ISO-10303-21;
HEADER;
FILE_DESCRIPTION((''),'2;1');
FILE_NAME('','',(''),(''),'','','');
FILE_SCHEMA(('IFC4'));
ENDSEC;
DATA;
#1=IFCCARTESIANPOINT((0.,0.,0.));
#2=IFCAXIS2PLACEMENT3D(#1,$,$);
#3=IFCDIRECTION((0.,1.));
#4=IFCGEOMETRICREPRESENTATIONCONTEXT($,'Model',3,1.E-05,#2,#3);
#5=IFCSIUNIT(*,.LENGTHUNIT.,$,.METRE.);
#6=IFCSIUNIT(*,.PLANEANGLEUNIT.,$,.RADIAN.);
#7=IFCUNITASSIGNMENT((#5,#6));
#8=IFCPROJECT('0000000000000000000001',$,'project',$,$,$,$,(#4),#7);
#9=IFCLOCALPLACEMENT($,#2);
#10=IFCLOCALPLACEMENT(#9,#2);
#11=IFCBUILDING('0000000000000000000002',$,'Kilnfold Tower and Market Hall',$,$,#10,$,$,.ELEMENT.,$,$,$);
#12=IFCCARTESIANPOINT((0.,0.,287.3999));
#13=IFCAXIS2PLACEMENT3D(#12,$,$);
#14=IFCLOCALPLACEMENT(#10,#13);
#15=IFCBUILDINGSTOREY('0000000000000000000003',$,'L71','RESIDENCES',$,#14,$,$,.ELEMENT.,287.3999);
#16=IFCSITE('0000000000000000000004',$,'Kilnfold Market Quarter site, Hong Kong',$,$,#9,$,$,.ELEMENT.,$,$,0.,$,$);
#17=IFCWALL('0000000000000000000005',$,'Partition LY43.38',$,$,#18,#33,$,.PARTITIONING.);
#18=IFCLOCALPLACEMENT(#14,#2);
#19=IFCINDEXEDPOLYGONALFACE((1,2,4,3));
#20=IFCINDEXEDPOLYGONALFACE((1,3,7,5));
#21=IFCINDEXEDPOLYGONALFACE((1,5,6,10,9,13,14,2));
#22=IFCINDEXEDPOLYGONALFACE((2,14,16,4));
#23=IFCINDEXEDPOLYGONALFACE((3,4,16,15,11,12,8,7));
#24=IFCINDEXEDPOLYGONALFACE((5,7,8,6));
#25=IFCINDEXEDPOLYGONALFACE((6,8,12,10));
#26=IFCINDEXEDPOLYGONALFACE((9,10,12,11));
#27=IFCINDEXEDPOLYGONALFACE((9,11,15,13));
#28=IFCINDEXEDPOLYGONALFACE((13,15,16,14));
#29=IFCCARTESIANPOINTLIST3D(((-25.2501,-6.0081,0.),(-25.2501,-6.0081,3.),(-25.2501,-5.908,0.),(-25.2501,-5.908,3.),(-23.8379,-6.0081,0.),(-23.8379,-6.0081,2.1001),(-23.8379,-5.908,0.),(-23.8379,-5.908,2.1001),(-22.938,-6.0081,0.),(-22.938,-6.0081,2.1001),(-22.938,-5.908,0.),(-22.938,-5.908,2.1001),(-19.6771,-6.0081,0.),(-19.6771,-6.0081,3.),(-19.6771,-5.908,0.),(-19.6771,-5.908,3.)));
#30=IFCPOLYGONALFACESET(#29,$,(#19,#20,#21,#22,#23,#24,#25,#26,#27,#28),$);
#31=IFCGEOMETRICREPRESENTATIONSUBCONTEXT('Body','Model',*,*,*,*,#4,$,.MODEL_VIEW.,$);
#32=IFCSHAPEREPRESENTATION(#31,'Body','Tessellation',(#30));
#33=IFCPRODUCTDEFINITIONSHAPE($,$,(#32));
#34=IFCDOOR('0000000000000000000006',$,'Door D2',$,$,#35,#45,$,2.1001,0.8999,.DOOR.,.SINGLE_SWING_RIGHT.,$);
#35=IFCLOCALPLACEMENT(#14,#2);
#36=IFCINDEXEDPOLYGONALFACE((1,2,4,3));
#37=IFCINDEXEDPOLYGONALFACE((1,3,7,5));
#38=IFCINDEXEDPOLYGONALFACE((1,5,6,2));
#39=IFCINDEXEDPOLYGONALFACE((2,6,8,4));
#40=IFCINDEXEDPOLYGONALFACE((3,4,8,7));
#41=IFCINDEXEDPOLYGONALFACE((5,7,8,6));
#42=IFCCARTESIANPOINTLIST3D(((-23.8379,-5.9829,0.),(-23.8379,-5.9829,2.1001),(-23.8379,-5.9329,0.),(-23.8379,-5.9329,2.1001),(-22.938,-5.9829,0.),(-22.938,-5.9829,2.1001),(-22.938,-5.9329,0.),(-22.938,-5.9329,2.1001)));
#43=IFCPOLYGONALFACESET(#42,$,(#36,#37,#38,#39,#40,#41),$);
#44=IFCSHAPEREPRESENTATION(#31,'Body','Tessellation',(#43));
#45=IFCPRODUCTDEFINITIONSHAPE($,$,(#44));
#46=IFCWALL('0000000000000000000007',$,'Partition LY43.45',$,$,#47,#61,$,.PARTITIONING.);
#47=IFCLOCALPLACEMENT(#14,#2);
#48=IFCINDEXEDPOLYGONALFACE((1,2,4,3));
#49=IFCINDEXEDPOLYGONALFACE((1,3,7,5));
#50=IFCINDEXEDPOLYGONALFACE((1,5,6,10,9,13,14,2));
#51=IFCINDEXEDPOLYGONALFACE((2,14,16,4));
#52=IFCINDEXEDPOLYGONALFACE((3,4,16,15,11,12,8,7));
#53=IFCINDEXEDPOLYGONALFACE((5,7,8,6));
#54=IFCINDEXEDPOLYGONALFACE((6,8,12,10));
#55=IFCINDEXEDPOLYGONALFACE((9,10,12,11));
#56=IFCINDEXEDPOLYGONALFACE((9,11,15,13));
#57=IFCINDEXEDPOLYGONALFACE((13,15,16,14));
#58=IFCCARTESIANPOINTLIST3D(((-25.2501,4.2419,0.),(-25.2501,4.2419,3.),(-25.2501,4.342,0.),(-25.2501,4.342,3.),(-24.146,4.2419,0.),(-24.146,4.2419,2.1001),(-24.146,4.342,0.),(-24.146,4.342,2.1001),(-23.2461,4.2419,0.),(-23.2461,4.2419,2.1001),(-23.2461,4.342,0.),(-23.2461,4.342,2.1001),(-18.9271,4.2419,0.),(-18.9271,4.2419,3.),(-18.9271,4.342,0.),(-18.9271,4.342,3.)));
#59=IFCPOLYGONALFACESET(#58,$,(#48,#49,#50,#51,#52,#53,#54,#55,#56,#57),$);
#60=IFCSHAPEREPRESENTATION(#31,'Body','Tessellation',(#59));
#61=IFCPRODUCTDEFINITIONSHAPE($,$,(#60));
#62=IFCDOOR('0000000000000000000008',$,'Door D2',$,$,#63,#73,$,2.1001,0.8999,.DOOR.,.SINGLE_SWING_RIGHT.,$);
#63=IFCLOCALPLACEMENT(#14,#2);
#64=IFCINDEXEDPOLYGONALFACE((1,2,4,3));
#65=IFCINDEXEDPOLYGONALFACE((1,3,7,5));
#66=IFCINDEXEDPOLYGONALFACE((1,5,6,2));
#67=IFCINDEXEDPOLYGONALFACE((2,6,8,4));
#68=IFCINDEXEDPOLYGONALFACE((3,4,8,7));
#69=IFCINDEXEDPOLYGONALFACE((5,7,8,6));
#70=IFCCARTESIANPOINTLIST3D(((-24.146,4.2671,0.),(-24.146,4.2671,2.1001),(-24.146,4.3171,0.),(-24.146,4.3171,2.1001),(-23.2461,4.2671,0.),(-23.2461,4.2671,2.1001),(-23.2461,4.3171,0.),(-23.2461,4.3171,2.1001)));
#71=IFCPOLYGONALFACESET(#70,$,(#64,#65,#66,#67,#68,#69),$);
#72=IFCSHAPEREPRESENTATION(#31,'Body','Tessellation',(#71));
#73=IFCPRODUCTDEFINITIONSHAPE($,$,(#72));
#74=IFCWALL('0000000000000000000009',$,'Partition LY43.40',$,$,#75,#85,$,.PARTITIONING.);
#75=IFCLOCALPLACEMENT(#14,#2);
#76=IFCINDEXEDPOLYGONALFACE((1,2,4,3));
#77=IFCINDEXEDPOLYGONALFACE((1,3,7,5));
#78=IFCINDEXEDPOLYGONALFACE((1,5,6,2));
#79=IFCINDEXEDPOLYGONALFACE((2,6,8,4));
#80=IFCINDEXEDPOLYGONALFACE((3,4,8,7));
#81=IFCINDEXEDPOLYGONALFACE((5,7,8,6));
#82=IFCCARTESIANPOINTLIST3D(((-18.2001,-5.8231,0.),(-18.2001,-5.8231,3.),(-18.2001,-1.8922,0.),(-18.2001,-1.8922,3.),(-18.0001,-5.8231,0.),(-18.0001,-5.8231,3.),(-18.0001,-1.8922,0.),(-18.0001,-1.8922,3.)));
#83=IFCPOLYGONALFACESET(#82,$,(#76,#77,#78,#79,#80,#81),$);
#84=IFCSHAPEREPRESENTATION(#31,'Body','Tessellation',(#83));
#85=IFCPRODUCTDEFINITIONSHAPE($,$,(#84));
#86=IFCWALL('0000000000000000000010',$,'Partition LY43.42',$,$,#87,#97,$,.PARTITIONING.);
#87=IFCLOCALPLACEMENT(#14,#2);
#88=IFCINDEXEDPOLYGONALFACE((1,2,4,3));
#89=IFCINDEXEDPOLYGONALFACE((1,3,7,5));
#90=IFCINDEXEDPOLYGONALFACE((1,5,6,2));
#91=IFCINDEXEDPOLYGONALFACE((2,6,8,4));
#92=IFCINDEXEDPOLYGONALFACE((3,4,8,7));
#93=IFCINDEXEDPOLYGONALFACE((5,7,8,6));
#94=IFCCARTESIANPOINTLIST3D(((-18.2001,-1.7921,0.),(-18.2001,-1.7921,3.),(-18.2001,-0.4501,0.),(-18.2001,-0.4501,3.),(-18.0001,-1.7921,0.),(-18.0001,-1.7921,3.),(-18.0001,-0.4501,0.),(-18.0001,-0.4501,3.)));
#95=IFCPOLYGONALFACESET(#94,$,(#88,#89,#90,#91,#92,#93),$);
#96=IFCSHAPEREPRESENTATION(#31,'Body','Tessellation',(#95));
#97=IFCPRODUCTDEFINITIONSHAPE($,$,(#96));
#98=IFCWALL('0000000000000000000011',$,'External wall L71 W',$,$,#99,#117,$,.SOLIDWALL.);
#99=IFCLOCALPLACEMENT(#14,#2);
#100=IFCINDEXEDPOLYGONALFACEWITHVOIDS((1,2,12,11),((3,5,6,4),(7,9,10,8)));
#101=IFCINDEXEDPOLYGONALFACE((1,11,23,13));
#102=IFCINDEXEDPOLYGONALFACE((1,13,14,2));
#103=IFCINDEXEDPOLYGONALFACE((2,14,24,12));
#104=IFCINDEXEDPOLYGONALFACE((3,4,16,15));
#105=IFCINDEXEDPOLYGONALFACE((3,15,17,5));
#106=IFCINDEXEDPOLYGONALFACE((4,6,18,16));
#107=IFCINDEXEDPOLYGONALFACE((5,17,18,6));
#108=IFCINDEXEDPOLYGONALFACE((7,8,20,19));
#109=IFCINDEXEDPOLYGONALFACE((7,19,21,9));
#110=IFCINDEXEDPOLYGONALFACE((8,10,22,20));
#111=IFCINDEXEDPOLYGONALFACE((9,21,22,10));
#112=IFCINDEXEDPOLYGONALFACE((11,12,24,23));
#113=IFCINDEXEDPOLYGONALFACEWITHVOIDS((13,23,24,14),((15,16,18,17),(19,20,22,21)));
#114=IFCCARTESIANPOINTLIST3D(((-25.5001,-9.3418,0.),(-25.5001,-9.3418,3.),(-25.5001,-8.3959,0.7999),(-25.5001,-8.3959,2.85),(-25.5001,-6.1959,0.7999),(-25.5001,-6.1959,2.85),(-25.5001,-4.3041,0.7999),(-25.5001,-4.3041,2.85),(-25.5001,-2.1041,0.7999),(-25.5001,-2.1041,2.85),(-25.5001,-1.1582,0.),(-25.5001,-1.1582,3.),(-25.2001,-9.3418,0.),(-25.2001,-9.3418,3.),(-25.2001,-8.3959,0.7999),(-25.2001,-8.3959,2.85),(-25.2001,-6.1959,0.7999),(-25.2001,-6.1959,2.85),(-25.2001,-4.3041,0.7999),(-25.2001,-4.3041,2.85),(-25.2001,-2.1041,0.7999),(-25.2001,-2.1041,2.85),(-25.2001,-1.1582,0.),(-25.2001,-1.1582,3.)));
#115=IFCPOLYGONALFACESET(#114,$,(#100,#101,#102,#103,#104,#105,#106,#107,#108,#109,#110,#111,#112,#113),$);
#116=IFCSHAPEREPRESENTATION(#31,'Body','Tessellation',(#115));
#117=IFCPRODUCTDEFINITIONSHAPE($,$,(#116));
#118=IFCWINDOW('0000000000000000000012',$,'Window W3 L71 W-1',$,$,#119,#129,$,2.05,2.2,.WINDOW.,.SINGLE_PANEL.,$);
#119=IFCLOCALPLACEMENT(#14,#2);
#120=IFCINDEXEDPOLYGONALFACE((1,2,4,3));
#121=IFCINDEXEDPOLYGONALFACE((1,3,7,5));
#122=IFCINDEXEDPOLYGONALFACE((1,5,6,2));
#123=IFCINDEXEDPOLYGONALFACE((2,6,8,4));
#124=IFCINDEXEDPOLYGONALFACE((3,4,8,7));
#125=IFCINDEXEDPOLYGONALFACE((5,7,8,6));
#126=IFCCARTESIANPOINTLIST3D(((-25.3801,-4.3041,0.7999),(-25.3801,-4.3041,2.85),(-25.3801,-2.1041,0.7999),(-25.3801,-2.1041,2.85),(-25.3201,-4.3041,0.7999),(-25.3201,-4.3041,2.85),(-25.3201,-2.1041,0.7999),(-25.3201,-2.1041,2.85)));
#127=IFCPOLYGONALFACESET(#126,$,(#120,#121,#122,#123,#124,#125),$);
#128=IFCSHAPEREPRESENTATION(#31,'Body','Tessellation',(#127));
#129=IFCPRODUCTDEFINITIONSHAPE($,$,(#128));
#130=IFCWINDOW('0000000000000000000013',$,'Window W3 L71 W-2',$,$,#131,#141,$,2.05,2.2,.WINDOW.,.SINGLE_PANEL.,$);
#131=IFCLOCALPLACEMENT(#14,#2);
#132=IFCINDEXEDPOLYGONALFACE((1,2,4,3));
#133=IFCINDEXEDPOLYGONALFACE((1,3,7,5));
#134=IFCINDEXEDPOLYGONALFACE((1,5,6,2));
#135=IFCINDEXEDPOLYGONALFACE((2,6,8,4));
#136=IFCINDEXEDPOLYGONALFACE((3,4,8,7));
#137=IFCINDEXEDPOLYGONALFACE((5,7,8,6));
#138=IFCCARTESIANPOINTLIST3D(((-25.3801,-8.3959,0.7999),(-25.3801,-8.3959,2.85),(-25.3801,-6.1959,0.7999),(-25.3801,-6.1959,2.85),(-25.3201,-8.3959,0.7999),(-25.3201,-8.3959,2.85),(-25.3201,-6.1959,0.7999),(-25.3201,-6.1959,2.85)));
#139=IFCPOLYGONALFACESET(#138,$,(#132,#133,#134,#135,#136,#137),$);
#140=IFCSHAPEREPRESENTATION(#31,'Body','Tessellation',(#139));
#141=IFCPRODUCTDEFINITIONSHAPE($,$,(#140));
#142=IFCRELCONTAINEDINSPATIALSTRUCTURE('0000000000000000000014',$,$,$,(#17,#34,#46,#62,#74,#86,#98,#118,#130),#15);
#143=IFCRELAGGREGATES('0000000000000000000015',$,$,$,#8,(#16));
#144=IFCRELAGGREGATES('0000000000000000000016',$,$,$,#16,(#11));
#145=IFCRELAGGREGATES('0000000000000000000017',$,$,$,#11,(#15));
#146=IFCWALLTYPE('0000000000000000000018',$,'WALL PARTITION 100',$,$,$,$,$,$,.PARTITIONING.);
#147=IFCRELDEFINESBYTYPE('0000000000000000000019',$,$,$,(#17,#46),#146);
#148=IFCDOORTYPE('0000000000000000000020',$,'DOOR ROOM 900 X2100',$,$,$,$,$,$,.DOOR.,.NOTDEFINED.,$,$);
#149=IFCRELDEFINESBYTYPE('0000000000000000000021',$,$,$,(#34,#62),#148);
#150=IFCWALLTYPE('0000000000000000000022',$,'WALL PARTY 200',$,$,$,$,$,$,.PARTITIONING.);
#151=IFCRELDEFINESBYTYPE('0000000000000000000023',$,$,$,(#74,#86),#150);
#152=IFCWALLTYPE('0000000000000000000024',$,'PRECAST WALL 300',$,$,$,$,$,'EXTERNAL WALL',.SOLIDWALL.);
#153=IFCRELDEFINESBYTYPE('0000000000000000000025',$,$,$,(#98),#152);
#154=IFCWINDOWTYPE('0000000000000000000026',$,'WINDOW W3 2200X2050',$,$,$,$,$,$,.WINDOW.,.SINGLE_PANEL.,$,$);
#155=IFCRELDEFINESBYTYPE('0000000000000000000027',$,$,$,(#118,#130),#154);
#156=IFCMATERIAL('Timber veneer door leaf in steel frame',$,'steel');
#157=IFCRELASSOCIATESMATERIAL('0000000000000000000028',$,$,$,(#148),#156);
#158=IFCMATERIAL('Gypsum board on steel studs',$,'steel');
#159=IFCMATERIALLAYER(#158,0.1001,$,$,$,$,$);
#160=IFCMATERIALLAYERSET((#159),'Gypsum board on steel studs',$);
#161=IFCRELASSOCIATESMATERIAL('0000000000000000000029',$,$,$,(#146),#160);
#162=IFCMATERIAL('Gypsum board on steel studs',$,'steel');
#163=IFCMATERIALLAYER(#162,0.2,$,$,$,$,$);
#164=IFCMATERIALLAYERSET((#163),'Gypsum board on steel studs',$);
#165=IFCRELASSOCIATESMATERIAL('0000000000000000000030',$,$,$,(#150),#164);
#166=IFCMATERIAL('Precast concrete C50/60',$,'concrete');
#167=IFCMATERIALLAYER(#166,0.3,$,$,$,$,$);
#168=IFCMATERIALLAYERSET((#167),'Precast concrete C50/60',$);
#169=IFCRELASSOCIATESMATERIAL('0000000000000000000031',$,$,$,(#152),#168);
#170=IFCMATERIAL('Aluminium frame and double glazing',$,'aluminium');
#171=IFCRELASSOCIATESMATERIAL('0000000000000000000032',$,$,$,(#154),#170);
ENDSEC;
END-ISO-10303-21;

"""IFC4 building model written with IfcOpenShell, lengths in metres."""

from ifc_helpers import new_model, si_unit, direction, frame, frame_2d, origin, place, context, subcontext, project, spatial, rectangle, extrude, source, transform, mapped, material, layer, layer_set, type_object, element, fill, save


model = new_model("IFC4")

# Units and contexts
model_context = context("Model", 3, precision=1e-05, world=origin(), true_north=direction((0.0, 1.0)))
body_context = subcontext(model_context, "Body", "Model", "MODEL_VIEW")
ifc_project = project(units=[si_unit("LENGTHUNIT", "METRE"), si_unit("PLANEANGLEUNIT", "RADIAN")], contexts=[model_context])

# Site, building, storey
site_placement = place(None, origin())
site = spatial("IfcSite", under=ifc_project, at=site_placement, Name="Kilnfold Market Quarter site, Hong Kong", CompositionType="ELEMENT", RefElevation=0.0)
building_placement = place(site_placement, origin())
building = spatial("IfcBuilding", under=site, at=building_placement, Name="Kilnfold Tower and Market Hall", CompositionType="ELEMENT")
storey_placement = place(building_placement, frame((0.0, 0.0, 287.3999)))
storey = spatial("IfcBuildingStorey", under=building, at=storey_placement, Name="L71", Description="RESIDENCES", CompositionType="ELEMENT", Elevation=287.3999)

# Shared definitions
ifc_material_1 = material(Name="Timber veneer door leaf in steel frame", Category="steel")
door_type = type_object("IfcDoorType", Name="DOOR ROOM 900 X2100", OperationType="NOTDEFINED", PredefinedType="DOOR", material=ifc_material_1)

# Walls, openings, doors
ifc_material_2 = material(Name="Gypsum board on steel studs", Category="steel")
ifc_layer_1 = layer(ifc_material_2, 0.1001)
ifc_layer_set_1 = layer_set([ifc_layer_1], Name="Gypsum board on steel studs")
wall_type_1 = type_object("IfcWallType", Name="WALL PARTITION 100", PredefinedType="PARTITIONING", material=ifc_layer_set_1)
wall_1_placement = place(storey_placement, frame((-19.677, -5.958, 0.0), z_axis=(0.0, 0.0, 1.0), x_axis=(-1.0, 0.0, 0.0)))
wall_1 = element("IfcWall", 1, at=wall_1_placement, inside=storey, type_object=wall_type_1, Name="Partition LY43.38", PredefinedType="PARTITIONING", context=body_context, shape_type="SweptSolid", body=[
    extrude(rectangle(XDim=5.573, YDim=0.1001, at=frame_2d((2.7866, 0.0))), origin(), (0.0, 0.0, 1.0), 3.0),
])
opening_1_placement = place(wall_1_placement, frame((3.261, 0.0, 0.0)))
opening_1 = element("IfcOpeningElement", 2, at=opening_1_placement, cuts=wall_1, PredefinedType="OPENING", context=body_context, shape_type="SweptSolid", body=[
    extrude(rectangle(XDim=0.8999, YDim=2.1001, at=frame_2d((0.45, 1.05))), frame((0.0, 0.0601, 0.0), z_axis=(0.0, -1.0, 0.0), x_axis=(1.0, 0.0, 0.0)), (0.0, 0.0, 1.0), 0.1201),
])
door_1_placement = place(opening_1_placement, origin())
door_1 = element("IfcDoor", 3, at=door_1_placement, inside=storey, type_object=door_type, Name="Door D2", OperationType="SINGLE_SWING_RIGHT", OverallHeight=2.1001, OverallWidth=0.8999, PredefinedType="DOOR", context=body_context, shape_type="SweptSolid", body=[
    extrude(rectangle(XDim=0.8999, YDim=2.1001, at=frame_2d((0.45, 1.05))), frame((0.0, 0.0249, 0.0), z_axis=(0.0, -1.0, 0.0), x_axis=(1.0, 0.0, 0.0)), (0.0, 0.0, 1.0), 0.05),
])
fill(opening_1, door_1)
wall_2_placement = place(storey_placement, frame((-18.927, 4.292, 0.0), z_axis=(0.0, 0.0, 1.0), x_axis=(-1.0, 0.0, 0.0)))
wall_2 = element("IfcWall", 4, at=wall_2_placement, inside=storey, type_object=wall_type_1, Name="Partition LY43.45", PredefinedType="PARTITIONING", context=body_context, shape_type="SweptSolid", body=[
    extrude(rectangle(XDim=6.323, YDim=0.1001, at=frame_2d((3.1616, 0.0))), origin(), (0.0, 0.0, 1.0), 3.0),
])
opening_2_placement = place(wall_2_placement, frame((4.3191, 0.0, 0.0)))
opening_2 = element("IfcOpeningElement", 5, at=opening_2_placement, cuts=wall_2, PredefinedType="OPENING", context=body_context, shape_type="SweptSolid", body=[
    extrude(rectangle(XDim=0.8999, YDim=2.1001, at=frame_2d((0.45, 1.05))), frame((0.0, 0.0601, 0.0), z_axis=(0.0, -1.0, 0.0), x_axis=(1.0, 0.0, 0.0)), (0.0, 0.0, 1.0), 0.1201),
])
door_2_placement = place(opening_2_placement, origin())
door_2 = element("IfcDoor", 6, at=door_2_placement, inside=storey, type_object=door_type, Name="Door D2", OperationType="SINGLE_SWING_RIGHT", OverallHeight=2.1001, OverallWidth=0.8999, PredefinedType="DOOR", context=body_context, shape_type="SweptSolid", body=[
    extrude(rectangle(XDim=0.8999, YDim=2.1001, at=frame_2d((0.45, 1.05))), frame((0.0, 0.0249, 0.0), z_axis=(0.0, -1.0, 0.0), x_axis=(1.0, 0.0, 0.0)), (0.0, 0.0, 1.0), 0.05),
])
fill(opening_2, door_2)

# Walls
ifc_material_3 = material(Name="Gypsum board on steel studs", Category="steel")
ifc_layer_2 = layer(ifc_material_3, 0.2)
ifc_layer_set_2 = layer_set([ifc_layer_2], Name="Gypsum board on steel studs")
wall_type_2 = type_object("IfcWallType", Name="WALL PARTY 200", PredefinedType="PARTITIONING", material=ifc_layer_set_2)
wall_3_placement = place(storey_placement, frame((-18.1001, -5.823, 0.0), z_axis=(0.0, 0.0, 1.0), x_axis=(0.0, 1.0, 0.0)))
element("IfcWall", 7, at=wall_3_placement, inside=storey, type_object=wall_type_2, Name="Partition LY43.40", PredefinedType="PARTITIONING", context=body_context, shape_type="SweptSolid", body=[
    extrude(rectangle(XDim=3.9309, YDim=0.2, at=frame_2d((1.9653, 0.0))), origin(), (0.0, 0.0, 1.0), 3.0),
])
wall_4_placement = place(storey_placement, frame((-18.1001, -1.792, 0.0), z_axis=(0.0, 0.0, 1.0), x_axis=(0.0, 1.0, 0.0)))
element("IfcWall", 8, at=wall_4_placement, inside=storey, type_object=wall_type_2, Name="Partition LY43.42", PredefinedType="PARTITIONING", context=body_context, shape_type="SweptSolid", body=[
    extrude(rectangle(XDim=1.342, YDim=0.2, at=frame_2d((0.6709, 0.0))), origin(), (0.0, 0.0, 1.0), 3.0),
])

# Wall, openings, windows
ifc_material_4 = material(Name="Precast concrete C50/60", Category="concrete")
ifc_layer_3 = layer(ifc_material_4, 0.3)
ifc_layer_set_3 = layer_set([ifc_layer_3], Name="Precast concrete C50/60")
wall_type_3 = type_object("IfcWallType", Name="PRECAST WALL 300", ElementType="EXTERNAL WALL", PredefinedType="SOLIDWALL", material=ifc_layer_set_3)
shared_shape_1 = source(origin(), body_context, "Body", "SweptSolid", [
    extrude(rectangle(XDim=8.1836, YDim=0.3, at=frame_2d((4.0918, 0.0))), origin(), (0.0, 0.0, 1.0), 3.0),
])
wall_5_placement = place(storey_placement, frame((-25.3501, -1.1582, 0.0), z_axis=(0.0, 0.0, 1.0), x_axis=(0.0, -1.0, 0.0)))
wall_5 = element("IfcWall", 9, at=wall_5_placement, inside=storey, type_object=wall_type_3, Name="External wall L71 W", PredefinedType="SOLIDWALL", context=body_context, shape_type="MappedRepresentation", body=[
    mapped(shared_shape_1, transform((0.0, 0.0, 0.0))),
])
opening_3_placement = place(wall_5_placement, frame((0.9458, 0.0, 0.8)))
opening_3 = element("IfcOpeningElement", 10, at=opening_3_placement, cuts=wall_5, PredefinedType="OPENING", context=body_context, shape_type="SweptSolid", body=[
    extrude(rectangle(XDim=2.2, YDim=2.05, at=frame_2d((1.1001, 1.0249))), frame((0.0, 0.1602, 0.0), z_axis=(0.0, -1.0, 0.0), x_axis=(1.0, 0.0, 0.0)), (0.0, 0.0, 1.0), 0.3201),
])
opening_4_placement = place(wall_5_placement, frame((5.0376, 0.0, 0.8)))
opening_4 = element("IfcOpeningElement", 11, at=opening_4_placement, cuts=wall_5, PredefinedType="OPENING", context=body_context, shape_type="SweptSolid", body=[
    extrude(rectangle(XDim=2.2, YDim=2.05, at=frame_2d((1.1001, 1.0249))), frame((0.0, 0.1602, 0.0), z_axis=(0.0, -1.0, 0.0), x_axis=(1.0, 0.0, 0.0)), (0.0, 0.0, 1.0), 0.3201),
])
ifc_material_5 = material(Name="Aluminium frame and double glazing", Category="aluminium")
window_type = type_object("IfcWindowType", Name="WINDOW W3 2200X2050", PartitioningType="SINGLE_PANEL", PredefinedType="WINDOW", material=ifc_material_5)
window_1_placement = place(opening_3_placement, origin())
window_1 = element("IfcWindow", 12, at=window_1_placement, inside=storey, type_object=window_type, Name="Window W3 L71 W-1", OverallHeight=2.05, OverallWidth=2.2, PartitioningType="SINGLE_PANEL", PredefinedType="WINDOW", context=body_context, shape_type="SweptSolid", body=[
    extrude(rectangle(XDim=2.2, YDim=2.05, at=frame_2d((1.1001, 1.0249))), frame((0.0, 0.03, 0.0), z_axis=(0.0, -1.0, 0.0), x_axis=(1.0, 0.0, 0.0)), (0.0, 0.0, 1.0), 0.0601),
])
fill(opening_3, window_1)
window_2_placement = place(opening_4_placement, origin())
window_2 = element("IfcWindow", 13, at=window_2_placement, inside=storey, type_object=window_type, Name="Window W3 L71 W-2", OverallHeight=2.05, OverallWidth=2.2, PartitioningType="SINGLE_PANEL", PredefinedType="WINDOW", context=body_context, shape_type="SweptSolid", body=[
    extrude(rectangle(XDim=2.2, YDim=2.05, at=frame_2d((1.1001, 1.0249))), frame((0.0, 0.03, 0.0), z_axis=(0.0, -1.0, 0.0), x_axis=(1.0, 0.0, 0.0)), (0.0, 0.0, 1.0), 0.0601),
])
fill(opening_4, window_2)

save(model, "model.ifc")
